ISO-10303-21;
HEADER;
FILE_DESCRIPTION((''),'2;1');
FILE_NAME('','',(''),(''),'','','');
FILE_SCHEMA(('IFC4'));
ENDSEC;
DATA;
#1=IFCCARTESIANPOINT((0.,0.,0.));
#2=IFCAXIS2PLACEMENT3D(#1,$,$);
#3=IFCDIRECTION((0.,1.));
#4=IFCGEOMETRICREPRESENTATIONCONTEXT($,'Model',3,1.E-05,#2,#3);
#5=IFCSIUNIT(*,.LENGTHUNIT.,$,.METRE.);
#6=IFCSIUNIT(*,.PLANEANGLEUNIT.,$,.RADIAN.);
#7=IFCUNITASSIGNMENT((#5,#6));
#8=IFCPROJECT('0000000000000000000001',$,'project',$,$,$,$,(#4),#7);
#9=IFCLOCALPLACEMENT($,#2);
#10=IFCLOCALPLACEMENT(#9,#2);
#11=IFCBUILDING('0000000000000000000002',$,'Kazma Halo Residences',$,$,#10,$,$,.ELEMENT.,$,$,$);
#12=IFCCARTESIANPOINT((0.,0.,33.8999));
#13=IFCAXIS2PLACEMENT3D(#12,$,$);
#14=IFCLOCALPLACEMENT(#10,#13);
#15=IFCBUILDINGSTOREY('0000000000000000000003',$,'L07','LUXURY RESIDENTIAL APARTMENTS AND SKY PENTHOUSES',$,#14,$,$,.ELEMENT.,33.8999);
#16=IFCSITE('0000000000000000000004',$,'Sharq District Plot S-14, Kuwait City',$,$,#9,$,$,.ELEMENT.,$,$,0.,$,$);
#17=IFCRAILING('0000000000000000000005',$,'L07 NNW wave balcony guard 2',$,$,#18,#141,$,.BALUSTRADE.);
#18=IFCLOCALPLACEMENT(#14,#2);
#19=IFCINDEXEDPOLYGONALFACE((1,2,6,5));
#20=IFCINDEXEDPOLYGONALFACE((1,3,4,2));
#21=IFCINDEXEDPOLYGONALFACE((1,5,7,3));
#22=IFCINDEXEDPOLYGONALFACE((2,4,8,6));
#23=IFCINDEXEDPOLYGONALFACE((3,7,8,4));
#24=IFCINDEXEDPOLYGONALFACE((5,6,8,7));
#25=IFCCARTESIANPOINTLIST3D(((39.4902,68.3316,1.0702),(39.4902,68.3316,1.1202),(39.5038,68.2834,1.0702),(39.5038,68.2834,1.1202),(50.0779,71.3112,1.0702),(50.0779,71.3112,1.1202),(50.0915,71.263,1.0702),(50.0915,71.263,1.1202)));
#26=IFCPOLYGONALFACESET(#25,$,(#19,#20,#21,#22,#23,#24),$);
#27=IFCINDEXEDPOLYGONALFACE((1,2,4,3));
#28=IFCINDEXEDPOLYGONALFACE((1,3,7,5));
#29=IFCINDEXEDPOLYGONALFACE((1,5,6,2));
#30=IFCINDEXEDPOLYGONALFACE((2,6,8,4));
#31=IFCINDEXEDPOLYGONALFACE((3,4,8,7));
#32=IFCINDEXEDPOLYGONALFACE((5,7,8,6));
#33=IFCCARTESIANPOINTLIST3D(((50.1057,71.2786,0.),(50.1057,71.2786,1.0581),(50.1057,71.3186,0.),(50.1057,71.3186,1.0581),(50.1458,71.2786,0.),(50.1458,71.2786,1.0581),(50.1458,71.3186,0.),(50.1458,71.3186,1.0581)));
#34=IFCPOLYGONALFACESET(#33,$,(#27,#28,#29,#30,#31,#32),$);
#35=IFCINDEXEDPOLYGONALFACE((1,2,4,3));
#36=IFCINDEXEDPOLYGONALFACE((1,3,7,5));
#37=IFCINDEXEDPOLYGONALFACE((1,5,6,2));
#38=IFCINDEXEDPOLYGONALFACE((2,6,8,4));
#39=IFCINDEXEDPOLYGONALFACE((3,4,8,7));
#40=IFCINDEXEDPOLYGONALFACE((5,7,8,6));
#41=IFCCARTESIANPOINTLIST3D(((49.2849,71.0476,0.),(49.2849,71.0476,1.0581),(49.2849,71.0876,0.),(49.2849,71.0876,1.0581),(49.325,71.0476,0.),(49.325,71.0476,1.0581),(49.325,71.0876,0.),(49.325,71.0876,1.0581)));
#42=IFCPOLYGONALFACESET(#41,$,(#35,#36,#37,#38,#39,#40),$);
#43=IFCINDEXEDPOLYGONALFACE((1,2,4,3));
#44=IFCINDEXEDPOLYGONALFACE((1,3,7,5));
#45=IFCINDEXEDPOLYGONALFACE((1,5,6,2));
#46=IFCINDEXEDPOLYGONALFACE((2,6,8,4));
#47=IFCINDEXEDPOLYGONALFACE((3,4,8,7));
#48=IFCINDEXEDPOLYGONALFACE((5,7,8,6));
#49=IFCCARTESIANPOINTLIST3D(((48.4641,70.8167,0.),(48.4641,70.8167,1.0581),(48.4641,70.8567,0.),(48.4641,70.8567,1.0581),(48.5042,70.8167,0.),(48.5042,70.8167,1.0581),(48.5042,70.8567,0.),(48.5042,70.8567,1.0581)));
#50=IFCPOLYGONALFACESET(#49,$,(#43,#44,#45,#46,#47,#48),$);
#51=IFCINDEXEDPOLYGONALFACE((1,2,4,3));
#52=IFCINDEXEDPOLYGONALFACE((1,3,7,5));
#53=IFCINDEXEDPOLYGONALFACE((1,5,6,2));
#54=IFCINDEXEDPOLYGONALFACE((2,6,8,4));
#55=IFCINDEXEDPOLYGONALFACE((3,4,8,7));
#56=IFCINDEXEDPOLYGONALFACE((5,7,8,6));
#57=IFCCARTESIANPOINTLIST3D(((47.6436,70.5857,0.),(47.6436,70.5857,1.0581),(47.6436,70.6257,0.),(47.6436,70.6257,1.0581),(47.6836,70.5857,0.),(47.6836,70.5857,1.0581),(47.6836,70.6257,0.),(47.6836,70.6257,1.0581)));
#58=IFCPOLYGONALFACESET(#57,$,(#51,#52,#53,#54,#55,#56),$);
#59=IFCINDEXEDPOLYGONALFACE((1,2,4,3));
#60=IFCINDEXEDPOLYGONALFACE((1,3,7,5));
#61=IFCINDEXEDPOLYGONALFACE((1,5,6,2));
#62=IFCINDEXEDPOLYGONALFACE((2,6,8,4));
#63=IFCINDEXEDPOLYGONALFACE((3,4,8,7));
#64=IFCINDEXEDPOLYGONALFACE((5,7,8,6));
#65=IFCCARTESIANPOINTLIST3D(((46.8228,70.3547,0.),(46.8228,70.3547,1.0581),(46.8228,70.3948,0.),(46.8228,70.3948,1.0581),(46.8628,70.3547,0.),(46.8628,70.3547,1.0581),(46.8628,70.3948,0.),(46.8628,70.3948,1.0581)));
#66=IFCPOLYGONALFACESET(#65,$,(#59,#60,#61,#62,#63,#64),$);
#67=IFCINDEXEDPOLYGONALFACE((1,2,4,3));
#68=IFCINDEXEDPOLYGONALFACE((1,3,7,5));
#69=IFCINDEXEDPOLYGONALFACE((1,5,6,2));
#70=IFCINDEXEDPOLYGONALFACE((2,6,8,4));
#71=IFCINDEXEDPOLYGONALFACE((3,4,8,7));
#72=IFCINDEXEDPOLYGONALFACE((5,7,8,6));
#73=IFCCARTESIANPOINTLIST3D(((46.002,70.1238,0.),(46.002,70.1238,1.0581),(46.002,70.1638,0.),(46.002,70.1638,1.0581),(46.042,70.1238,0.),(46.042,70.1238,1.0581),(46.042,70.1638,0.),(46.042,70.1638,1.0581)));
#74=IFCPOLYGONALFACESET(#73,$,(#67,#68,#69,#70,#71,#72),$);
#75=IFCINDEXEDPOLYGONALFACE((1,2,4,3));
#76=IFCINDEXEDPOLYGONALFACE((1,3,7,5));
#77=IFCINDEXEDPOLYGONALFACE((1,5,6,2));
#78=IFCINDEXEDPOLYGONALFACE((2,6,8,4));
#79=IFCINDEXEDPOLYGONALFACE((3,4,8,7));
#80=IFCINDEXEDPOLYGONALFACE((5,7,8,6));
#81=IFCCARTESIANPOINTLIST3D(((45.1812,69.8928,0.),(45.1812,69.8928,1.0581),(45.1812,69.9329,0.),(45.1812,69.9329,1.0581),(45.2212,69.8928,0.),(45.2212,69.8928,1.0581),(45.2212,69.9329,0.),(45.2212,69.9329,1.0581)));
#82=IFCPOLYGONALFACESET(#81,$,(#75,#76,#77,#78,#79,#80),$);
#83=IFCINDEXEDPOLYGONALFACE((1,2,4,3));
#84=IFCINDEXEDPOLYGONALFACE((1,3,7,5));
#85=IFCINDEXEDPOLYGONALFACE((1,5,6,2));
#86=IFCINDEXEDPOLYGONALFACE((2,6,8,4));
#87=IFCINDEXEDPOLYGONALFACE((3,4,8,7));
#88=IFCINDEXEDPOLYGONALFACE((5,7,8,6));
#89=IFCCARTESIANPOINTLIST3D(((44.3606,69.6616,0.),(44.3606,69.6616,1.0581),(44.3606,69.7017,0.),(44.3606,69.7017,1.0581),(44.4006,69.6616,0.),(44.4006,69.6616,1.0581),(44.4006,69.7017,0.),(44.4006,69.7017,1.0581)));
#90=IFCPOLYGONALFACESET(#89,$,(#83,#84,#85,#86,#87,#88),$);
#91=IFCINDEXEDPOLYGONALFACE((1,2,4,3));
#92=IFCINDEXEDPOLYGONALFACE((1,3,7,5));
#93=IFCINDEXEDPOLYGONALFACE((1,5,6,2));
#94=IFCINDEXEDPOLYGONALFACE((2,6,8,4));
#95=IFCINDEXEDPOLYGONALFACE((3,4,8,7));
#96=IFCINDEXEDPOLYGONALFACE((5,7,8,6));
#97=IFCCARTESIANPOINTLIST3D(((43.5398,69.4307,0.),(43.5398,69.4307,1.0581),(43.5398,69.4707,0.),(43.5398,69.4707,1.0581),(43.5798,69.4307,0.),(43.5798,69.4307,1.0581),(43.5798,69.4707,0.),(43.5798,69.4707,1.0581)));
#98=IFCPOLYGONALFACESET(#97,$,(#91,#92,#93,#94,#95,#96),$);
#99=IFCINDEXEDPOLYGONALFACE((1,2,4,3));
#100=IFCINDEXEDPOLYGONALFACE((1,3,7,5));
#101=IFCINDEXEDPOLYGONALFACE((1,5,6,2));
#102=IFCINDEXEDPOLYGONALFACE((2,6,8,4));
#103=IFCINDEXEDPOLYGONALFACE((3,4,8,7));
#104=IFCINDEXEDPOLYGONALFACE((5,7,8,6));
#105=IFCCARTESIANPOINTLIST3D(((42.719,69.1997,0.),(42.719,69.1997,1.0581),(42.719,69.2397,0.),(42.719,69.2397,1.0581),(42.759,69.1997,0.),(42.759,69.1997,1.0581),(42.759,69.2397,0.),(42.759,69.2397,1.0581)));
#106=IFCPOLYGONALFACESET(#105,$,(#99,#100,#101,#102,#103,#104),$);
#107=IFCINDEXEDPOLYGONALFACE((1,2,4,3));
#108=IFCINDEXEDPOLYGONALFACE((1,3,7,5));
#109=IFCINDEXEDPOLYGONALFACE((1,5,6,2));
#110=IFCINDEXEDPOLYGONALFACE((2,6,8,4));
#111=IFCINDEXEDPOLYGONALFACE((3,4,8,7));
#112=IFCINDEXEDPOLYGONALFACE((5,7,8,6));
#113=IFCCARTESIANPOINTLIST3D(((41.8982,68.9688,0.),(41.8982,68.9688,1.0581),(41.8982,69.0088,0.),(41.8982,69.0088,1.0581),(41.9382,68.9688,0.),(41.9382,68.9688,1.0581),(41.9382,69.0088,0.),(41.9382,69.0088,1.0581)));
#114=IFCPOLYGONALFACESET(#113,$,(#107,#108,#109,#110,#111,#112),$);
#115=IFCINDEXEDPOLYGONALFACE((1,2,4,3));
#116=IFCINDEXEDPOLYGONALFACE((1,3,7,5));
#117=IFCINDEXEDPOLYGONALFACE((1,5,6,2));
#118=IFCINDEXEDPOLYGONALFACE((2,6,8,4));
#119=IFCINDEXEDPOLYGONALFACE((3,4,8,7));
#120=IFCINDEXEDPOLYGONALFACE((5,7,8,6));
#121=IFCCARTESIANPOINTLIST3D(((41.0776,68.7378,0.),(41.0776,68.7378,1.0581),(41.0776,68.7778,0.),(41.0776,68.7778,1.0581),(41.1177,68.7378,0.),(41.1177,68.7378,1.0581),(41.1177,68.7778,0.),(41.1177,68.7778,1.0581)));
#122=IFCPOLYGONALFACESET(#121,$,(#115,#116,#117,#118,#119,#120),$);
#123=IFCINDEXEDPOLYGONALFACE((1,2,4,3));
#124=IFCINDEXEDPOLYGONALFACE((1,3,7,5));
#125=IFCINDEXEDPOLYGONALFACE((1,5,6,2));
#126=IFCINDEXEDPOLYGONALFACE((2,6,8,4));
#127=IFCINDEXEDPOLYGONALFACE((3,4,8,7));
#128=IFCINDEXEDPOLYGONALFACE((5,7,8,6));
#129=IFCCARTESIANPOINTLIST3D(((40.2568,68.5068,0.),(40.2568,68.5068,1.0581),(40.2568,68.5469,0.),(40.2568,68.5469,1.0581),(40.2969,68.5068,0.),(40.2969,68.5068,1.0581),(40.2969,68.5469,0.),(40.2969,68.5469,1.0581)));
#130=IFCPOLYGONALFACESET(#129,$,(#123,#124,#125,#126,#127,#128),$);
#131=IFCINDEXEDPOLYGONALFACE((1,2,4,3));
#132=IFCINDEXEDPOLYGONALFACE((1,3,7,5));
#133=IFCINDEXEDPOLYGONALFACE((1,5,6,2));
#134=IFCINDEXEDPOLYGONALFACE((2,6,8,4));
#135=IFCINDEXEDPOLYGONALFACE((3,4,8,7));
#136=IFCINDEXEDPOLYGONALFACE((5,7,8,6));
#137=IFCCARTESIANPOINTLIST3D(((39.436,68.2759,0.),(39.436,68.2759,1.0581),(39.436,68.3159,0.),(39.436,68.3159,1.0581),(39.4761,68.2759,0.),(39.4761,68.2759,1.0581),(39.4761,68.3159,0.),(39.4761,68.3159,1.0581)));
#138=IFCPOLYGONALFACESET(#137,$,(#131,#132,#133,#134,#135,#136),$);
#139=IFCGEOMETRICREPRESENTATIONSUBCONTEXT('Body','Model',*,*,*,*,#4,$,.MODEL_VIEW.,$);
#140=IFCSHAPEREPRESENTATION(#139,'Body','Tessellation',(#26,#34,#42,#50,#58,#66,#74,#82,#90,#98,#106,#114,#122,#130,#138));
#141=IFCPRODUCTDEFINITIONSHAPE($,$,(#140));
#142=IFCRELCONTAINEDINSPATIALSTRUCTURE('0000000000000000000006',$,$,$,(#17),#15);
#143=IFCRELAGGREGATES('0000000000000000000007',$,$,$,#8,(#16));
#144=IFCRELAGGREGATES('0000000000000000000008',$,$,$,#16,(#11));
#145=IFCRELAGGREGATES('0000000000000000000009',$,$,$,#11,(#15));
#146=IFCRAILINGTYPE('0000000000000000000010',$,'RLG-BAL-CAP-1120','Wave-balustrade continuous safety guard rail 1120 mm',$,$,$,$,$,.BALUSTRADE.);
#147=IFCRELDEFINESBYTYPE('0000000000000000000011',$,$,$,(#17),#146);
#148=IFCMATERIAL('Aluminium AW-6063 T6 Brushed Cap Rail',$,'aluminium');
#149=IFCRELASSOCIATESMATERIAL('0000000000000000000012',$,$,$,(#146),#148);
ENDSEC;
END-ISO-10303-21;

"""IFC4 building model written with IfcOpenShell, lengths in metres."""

from ifc_helpers import new_model, si_unit, direction, frame, origin, origin_2d, place, context, subcontext, project, spatial, rectangle, extrude, material, type_object, element, save


model = new_model("IFC4")

# Units and contexts
model_context = context("Model", 3, precision=1e-05, world=origin(), true_north=direction((0.0, 1.0)))
body_context = subcontext(model_context, "Body", "Model", "MODEL_VIEW")
ifc_project = project(units=[si_unit("LENGTHUNIT", "METRE"), si_unit("PLANEANGLEUNIT", "RADIAN")], contexts=[model_context])

# Site, building, storey
site_placement = place(None, origin())
site = spatial("IfcSite", under=ifc_project, at=site_placement, Name="Sharq District Plot S-14, Kuwait City", CompositionType="ELEMENT", RefElevation=0.0)
building_placement = place(site_placement, origin())
building = spatial("IfcBuilding", under=site, at=building_placement, Name="Kazma Halo Residences", CompositionType="ELEMENT")
storey_placement = place(building_placement, frame((0.0, 0.0, 33.8999)))
storey = spatial("IfcBuildingStorey", under=building, at=storey_placement, Name="L07", Description="LUXURY RESIDENTIAL APARTMENTS AND SKY PENTHOUSES", CompositionType="ELEMENT", Elevation=33.8999)

# Railing
ifc_material_1 = material(Name="Aluminium AW-6063 T6 Brushed Cap Rail", Category="aluminium")
railing_type = type_object("IfcRailingType", Name="RLG-BAL-CAP-1120", Description="Wave-balustrade continuous safety guard rail 1120 mm", PredefinedType="BALUSTRADE", material=ifc_material_1)
railing_1_placement = place(storey_placement, frame((50.1257, 71.2986, 0.0)))
element("IfcRailing", 1, at=railing_1_placement, inside=storey, type_object=railing_type, Name="L07 NNW wave balcony guard 2", PredefinedType="BALUSTRADE", context=body_context, shape_type="SweptSolid", body=[
    extrude(rectangle(XDim=0.05, YDim=0.05, at=origin_2d()), frame((-0.041, -0.0115, 1.0952), z_axis=(-0.962608, -0.270899, 0.0), x_axis=(0.270899, -0.962608, 0.0)), (0.0, 0.0, 1.0), 10.999),
    extrude(rectangle(XDim=0.04, YDim=0.04, at=origin_2d()), origin(), (0.0, 0.0, 1.0), 1.0581),
    extrude(rectangle(XDim=0.04, YDim=0.04, at=origin_2d()), frame((-0.8208, -0.231, 0.0)), (0.0, 0.0, 1.0), 1.0581),
    extrude(rectangle(XDim=0.04, YDim=0.04, at=origin_2d()), frame((-1.6416, -0.4619, 0.0)), (0.0, 0.0, 1.0), 1.0581),
    extrude(rectangle(XDim=0.04, YDim=0.04, at=origin_2d()), frame((-2.4622, -0.6929, 0.0)), (0.0, 0.0, 1.0), 1.0581),
    extrude(rectangle(XDim=0.04, YDim=0.04, at=origin_2d()), frame((-3.283, -0.9238, 0.0)), (0.0, 0.0, 1.0), 1.0581),
    extrude(rectangle(XDim=0.04, YDim=0.04, at=origin_2d()), frame((-4.1038, -1.1548, 0.0)), (0.0, 0.0, 1.0), 1.0581),
    extrude(rectangle(XDim=0.04, YDim=0.04, at=origin_2d()), frame((-4.9246, -1.3857, 0.0)), (0.0, 0.0, 1.0), 1.0581),
    extrude(rectangle(XDim=0.04, YDim=0.04, at=origin_2d()), frame((-5.7451, -1.6169, 0.0)), (0.0, 0.0, 1.0), 1.0581),
    extrude(rectangle(XDim=0.04, YDim=0.04, at=origin_2d()), frame((-6.5659, -1.8479, 0.0)), (0.0, 0.0, 1.0), 1.0581),
    extrude(rectangle(XDim=0.04, YDim=0.04, at=origin_2d()), frame((-7.3867, -2.0789, 0.0)), (0.0, 0.0, 1.0), 1.0581),
    extrude(rectangle(XDim=0.04, YDim=0.04, at=origin_2d()), frame((-8.2075, -2.3098, 0.0)), (0.0, 0.0, 1.0), 1.0581),
    extrude(rectangle(XDim=0.04, YDim=0.04, at=origin_2d()), frame((-9.0281, -2.5408, 0.0)), (0.0, 0.0, 1.0), 1.0581),
    extrude(rectangle(XDim=0.04, YDim=0.04, at=origin_2d()), frame((-9.8489, -2.7717, 0.0)), (0.0, 0.0, 1.0), 1.0581),
    extrude(rectangle(XDim=0.04, YDim=0.04, at=origin_2d()), frame((-10.6697, -3.0027, 0.0)), (0.0, 0.0, 1.0), 1.0581),
])

save(model, "model.ifc")
